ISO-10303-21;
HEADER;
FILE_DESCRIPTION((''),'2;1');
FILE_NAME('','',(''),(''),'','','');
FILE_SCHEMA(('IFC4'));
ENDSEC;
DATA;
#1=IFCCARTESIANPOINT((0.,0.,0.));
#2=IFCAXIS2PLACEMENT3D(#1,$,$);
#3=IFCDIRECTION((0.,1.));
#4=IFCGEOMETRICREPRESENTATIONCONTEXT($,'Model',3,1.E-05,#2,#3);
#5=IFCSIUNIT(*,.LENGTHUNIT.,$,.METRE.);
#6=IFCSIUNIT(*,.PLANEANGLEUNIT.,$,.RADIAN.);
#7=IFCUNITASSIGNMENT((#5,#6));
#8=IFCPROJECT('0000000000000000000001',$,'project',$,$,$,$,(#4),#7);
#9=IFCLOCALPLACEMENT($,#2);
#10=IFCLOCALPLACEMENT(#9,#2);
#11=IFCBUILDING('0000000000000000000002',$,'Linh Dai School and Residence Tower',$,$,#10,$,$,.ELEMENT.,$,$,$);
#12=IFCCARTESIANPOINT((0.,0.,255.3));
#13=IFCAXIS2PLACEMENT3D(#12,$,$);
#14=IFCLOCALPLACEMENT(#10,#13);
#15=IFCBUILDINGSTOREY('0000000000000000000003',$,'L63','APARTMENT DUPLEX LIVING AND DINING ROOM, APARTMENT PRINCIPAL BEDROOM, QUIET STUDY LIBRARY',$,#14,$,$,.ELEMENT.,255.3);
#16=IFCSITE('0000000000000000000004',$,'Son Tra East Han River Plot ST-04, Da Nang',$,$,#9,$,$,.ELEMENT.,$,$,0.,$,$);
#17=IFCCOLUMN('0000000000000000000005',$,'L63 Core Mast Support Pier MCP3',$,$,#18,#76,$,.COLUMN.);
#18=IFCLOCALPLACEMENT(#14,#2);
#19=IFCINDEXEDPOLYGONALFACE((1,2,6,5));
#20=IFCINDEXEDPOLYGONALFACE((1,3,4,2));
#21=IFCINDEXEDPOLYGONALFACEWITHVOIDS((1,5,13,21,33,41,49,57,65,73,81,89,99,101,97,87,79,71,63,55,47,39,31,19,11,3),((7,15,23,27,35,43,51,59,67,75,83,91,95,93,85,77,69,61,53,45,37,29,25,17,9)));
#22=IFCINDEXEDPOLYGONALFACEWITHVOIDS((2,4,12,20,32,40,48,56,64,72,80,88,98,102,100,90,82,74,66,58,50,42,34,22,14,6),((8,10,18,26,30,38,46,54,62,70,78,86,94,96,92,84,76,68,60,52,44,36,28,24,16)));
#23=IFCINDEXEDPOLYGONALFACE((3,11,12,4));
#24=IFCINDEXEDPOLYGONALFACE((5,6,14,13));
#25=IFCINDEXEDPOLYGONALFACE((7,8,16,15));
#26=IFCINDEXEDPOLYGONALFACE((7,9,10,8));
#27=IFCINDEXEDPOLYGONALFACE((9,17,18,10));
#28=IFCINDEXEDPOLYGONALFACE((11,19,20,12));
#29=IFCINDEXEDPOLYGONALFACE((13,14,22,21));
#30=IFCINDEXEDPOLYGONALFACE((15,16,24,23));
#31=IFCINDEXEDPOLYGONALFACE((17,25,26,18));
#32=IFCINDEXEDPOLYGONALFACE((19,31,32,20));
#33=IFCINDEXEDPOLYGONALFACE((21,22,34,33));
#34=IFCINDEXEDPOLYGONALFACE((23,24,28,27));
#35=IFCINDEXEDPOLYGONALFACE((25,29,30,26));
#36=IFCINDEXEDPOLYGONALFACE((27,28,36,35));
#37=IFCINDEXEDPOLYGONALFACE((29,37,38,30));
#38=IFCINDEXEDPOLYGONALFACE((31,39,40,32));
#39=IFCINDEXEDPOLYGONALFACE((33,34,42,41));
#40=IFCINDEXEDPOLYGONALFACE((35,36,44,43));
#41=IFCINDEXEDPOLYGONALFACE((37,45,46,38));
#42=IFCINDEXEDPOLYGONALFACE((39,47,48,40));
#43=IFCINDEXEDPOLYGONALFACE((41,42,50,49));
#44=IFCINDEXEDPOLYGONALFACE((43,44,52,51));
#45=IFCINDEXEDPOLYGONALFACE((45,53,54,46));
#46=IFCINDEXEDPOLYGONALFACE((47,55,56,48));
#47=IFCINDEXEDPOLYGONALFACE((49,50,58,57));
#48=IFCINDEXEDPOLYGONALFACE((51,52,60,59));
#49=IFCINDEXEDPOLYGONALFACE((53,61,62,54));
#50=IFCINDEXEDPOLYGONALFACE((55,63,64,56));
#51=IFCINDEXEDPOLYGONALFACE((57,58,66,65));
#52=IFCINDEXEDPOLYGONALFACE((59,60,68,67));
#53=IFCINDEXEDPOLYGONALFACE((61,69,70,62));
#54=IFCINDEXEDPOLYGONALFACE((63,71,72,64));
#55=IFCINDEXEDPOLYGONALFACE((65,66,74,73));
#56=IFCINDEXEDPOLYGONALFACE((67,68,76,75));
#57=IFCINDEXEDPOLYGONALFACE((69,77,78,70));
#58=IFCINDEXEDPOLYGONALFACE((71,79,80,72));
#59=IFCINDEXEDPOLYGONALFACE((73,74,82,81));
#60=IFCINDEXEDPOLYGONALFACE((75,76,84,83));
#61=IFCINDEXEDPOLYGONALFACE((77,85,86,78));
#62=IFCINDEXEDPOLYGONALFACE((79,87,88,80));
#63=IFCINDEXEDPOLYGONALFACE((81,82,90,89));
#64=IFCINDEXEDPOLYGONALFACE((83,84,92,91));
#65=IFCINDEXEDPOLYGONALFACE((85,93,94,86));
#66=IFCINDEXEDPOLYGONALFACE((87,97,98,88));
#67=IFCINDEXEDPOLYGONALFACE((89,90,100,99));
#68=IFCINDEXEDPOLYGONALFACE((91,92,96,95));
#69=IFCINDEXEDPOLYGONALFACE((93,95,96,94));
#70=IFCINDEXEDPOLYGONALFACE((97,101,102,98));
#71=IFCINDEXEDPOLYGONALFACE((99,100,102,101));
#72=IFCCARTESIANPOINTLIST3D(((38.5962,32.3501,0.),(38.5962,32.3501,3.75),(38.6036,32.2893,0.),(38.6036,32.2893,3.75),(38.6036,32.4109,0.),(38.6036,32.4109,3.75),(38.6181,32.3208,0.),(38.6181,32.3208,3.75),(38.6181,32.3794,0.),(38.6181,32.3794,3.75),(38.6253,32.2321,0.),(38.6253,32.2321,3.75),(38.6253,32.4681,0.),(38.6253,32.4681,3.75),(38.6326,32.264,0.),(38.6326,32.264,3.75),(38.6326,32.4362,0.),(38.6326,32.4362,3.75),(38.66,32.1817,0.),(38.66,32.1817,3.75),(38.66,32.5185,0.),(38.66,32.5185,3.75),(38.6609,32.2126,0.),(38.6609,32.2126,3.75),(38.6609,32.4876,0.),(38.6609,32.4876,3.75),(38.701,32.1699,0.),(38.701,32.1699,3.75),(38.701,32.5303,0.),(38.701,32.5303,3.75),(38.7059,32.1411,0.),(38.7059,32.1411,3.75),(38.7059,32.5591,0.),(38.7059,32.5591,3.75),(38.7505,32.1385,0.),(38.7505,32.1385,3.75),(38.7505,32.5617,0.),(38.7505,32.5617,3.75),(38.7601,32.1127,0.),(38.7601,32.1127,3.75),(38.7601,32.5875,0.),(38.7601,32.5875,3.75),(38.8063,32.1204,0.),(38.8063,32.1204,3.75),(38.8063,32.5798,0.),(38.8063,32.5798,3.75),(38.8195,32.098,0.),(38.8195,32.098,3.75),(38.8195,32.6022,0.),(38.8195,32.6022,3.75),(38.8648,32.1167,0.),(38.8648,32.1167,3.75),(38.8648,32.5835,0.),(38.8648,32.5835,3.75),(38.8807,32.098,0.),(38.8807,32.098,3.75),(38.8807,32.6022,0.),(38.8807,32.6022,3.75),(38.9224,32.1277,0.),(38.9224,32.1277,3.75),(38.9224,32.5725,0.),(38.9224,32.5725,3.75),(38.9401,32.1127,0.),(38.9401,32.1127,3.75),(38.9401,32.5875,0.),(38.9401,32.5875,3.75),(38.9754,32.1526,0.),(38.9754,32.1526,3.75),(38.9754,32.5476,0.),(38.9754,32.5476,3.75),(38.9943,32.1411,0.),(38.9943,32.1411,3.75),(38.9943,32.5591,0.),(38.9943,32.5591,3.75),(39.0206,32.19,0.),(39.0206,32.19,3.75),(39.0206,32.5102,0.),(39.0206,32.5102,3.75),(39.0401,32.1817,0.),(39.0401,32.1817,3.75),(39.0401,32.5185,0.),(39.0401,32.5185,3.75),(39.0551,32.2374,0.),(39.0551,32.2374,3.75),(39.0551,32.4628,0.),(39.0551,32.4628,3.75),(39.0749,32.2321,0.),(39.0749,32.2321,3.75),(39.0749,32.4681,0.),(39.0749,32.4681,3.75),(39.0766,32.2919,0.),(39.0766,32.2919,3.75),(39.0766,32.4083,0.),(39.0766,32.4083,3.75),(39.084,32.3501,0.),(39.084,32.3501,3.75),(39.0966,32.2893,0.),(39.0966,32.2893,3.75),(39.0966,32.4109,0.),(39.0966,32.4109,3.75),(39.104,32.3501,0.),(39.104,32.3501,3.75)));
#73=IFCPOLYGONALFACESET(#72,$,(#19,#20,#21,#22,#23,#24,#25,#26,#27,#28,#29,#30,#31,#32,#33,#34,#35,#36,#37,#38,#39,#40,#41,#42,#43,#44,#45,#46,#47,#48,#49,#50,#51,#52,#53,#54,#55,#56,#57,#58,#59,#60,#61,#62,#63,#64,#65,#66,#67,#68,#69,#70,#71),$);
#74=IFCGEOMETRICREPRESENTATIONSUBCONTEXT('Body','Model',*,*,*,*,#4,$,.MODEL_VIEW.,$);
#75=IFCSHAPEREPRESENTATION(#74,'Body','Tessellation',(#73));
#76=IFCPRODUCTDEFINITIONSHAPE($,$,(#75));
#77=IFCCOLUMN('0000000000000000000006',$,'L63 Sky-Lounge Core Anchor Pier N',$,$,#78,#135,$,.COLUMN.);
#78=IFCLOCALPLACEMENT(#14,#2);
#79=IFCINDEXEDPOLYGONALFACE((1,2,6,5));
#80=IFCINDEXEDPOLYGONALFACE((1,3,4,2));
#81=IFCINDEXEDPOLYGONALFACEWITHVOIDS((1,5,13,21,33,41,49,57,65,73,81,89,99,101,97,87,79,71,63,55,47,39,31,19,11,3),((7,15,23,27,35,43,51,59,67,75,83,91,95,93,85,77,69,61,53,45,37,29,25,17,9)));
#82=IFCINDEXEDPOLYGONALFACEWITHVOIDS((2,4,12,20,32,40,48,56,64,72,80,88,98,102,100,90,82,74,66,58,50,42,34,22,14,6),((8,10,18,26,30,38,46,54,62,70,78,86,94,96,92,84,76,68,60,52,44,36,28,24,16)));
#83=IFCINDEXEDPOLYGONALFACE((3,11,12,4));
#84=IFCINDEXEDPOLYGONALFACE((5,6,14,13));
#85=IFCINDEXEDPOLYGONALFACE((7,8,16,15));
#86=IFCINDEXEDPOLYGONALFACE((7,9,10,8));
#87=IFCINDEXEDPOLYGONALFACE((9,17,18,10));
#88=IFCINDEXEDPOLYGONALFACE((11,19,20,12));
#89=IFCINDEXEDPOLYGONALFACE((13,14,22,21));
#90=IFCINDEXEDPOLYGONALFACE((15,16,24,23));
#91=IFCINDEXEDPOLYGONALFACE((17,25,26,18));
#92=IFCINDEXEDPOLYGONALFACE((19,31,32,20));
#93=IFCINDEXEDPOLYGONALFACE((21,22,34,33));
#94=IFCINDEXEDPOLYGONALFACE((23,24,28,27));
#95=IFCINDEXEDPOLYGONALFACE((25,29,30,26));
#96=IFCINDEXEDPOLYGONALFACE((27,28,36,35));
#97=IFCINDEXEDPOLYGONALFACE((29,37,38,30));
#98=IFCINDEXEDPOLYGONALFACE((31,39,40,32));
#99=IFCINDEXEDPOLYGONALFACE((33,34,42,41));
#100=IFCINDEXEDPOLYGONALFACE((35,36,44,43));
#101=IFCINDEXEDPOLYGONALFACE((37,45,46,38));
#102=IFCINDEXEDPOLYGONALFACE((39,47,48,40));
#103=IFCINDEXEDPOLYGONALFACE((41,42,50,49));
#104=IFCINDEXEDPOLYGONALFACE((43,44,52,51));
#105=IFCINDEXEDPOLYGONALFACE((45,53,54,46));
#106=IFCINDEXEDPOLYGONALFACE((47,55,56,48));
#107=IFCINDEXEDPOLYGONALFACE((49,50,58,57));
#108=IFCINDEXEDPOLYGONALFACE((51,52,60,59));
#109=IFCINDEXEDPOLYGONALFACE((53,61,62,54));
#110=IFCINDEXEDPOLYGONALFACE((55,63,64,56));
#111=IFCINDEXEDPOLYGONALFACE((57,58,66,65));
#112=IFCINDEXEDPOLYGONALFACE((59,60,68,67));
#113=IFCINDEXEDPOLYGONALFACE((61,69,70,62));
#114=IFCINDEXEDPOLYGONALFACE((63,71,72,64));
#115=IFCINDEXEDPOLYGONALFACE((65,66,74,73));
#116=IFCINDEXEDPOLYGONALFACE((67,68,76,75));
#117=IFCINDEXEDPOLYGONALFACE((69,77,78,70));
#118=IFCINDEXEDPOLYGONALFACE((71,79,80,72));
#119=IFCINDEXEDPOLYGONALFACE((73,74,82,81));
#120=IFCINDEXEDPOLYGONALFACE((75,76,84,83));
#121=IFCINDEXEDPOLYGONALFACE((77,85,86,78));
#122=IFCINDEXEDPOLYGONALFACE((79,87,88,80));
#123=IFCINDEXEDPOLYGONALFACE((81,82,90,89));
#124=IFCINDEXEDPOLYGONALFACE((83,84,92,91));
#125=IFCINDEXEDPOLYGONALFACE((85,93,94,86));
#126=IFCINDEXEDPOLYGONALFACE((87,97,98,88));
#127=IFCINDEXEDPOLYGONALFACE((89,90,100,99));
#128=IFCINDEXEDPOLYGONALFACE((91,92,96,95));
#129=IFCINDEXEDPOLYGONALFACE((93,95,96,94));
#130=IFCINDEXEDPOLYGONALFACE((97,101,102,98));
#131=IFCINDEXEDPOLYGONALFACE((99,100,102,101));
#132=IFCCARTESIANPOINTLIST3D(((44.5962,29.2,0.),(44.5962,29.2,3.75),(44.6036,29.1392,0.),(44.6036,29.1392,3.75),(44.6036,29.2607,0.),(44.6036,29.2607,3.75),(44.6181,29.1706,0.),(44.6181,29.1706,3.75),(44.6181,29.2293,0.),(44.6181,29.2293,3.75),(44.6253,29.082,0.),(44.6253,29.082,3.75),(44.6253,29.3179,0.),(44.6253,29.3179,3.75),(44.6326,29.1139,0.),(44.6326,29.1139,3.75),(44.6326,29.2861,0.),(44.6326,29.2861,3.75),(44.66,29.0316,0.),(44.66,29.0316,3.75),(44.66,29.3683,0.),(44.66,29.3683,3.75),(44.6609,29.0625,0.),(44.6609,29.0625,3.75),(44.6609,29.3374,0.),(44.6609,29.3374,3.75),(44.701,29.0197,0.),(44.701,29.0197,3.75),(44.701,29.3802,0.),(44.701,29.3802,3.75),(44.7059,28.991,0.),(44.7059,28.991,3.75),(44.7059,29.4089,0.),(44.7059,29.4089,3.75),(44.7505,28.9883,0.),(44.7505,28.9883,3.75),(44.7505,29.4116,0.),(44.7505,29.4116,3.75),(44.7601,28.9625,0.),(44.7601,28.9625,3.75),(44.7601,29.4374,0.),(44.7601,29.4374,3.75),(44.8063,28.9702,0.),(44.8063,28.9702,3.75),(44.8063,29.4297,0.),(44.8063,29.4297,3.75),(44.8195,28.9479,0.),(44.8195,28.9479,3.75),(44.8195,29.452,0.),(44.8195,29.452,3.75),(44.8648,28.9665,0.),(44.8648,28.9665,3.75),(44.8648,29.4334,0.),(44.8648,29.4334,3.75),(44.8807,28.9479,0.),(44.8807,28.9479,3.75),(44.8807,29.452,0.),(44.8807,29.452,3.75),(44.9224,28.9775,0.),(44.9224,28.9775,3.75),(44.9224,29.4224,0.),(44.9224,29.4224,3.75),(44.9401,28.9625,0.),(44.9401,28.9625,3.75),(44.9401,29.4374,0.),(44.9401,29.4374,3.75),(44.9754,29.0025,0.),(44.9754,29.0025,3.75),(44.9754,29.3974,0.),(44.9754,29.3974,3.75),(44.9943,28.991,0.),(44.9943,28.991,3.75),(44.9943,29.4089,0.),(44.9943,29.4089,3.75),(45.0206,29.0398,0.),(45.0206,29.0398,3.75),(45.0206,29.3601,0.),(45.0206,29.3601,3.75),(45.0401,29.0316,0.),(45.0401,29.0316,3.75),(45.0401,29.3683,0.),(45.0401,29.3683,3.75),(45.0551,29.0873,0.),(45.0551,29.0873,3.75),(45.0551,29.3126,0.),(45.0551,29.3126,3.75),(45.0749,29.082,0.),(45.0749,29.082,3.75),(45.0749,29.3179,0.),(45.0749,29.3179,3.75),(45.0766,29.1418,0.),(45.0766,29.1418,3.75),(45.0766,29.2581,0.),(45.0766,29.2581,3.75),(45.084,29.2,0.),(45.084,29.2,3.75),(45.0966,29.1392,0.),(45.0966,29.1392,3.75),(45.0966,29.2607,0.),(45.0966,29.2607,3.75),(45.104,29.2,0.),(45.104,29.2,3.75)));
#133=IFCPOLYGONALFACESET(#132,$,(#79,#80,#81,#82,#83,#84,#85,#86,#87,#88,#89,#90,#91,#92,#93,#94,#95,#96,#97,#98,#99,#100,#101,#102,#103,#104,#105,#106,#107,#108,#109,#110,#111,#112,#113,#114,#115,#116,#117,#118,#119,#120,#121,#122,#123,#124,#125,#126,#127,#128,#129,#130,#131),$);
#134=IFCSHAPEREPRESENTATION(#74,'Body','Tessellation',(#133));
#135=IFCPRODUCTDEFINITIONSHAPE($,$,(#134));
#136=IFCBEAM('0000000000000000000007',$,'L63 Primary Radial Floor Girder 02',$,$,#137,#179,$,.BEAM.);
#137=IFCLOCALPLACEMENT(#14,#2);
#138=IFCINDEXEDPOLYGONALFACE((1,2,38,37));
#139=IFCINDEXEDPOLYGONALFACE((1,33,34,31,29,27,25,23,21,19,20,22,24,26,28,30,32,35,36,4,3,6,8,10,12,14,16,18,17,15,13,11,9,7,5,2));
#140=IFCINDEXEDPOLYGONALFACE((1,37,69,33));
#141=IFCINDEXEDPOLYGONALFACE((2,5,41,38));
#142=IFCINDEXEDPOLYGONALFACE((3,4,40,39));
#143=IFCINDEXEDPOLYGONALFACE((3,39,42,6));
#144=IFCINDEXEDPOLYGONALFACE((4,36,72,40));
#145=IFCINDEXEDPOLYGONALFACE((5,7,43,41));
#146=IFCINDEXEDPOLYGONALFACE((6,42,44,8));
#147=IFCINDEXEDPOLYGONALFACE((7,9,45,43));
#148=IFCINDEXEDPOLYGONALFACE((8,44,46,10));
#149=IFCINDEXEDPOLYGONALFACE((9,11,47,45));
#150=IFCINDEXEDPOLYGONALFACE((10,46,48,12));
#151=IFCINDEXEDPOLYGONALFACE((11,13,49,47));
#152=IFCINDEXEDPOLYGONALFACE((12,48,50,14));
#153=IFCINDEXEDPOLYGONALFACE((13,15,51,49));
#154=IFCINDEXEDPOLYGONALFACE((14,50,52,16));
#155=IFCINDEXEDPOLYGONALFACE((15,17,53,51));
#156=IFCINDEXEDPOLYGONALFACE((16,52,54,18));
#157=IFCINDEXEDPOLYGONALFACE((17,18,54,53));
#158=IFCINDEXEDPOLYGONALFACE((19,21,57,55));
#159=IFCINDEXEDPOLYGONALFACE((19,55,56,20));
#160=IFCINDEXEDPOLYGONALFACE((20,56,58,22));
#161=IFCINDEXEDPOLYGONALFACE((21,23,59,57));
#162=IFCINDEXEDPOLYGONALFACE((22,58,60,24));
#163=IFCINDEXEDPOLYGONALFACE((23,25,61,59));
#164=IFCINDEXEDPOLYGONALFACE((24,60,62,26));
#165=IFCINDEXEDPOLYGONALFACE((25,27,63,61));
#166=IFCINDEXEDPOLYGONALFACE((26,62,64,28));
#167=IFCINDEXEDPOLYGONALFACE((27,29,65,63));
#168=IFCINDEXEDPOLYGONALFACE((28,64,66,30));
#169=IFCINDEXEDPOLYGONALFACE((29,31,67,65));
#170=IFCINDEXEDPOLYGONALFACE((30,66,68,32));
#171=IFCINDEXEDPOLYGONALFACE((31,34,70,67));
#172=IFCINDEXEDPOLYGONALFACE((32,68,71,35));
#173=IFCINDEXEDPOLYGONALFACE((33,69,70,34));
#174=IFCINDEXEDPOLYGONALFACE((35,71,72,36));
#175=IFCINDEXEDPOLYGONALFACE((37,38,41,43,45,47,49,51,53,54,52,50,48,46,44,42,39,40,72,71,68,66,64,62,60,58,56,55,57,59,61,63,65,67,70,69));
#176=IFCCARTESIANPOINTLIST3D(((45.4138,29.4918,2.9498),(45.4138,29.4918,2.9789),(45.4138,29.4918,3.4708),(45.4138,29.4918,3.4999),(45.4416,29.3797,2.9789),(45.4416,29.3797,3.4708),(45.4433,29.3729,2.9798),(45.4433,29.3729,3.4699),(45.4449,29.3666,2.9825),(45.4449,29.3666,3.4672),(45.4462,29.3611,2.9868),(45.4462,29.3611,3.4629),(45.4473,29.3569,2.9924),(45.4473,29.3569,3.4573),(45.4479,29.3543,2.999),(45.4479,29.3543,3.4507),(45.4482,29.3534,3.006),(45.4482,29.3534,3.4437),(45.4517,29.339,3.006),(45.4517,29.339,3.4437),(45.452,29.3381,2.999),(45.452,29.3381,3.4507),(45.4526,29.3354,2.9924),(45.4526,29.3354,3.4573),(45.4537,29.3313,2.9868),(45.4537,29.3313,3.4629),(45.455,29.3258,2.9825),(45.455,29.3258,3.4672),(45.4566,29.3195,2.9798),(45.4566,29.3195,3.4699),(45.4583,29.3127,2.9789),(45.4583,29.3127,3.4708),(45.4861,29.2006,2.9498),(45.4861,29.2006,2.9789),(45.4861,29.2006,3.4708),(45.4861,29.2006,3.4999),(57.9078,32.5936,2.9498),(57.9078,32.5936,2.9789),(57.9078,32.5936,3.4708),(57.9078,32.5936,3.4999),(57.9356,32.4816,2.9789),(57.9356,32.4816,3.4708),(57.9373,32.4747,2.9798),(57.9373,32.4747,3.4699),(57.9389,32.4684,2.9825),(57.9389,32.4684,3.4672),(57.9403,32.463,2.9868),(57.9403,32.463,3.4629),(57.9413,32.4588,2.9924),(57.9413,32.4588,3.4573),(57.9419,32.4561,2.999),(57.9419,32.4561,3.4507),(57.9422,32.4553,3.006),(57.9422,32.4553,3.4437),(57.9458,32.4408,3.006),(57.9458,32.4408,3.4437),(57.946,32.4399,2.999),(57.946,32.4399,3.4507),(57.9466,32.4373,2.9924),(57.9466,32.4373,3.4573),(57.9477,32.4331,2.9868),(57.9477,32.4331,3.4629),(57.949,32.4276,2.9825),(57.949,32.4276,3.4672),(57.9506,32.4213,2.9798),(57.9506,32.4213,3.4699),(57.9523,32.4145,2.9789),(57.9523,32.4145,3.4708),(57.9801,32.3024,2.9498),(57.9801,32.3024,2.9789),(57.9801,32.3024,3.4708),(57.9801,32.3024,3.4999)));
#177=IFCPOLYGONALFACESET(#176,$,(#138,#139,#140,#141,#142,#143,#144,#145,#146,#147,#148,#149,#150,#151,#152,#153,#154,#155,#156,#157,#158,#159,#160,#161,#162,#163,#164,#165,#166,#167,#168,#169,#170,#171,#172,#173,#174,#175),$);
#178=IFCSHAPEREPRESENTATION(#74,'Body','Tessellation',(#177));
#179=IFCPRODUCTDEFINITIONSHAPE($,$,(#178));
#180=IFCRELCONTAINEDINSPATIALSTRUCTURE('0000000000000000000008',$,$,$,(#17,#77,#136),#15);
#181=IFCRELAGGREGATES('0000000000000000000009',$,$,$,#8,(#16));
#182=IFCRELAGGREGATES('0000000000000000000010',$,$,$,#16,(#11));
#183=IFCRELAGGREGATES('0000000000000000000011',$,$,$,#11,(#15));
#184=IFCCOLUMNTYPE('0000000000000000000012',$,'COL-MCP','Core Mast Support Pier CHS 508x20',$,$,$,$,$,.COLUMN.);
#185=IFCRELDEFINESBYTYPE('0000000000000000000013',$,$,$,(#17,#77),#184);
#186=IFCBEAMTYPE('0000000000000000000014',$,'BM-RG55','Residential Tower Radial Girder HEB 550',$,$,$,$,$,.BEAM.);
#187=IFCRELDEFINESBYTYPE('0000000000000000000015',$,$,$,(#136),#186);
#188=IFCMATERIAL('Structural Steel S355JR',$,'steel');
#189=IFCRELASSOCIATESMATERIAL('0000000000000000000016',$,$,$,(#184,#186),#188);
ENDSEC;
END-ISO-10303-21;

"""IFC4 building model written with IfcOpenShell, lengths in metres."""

from ifc_helpers import new_model, si_unit, direction, frame, origin, origin_2d, place, context, subcontext, project, spatial, hollow_circle, i_section, extrude, material, material_profile, profile_set, type_object, element, save


model = new_model("IFC4")

# Units and contexts
model_context = context("Model", 3, precision=1e-05, world=origin(), true_north=direction((0.0, 1.0)))
body_context = subcontext(model_context, "Body", "Model", "MODEL_VIEW")
ifc_project = project(units=[si_unit("LENGTHUNIT", "METRE"), si_unit("PLANEANGLEUNIT", "RADIAN")], contexts=[model_context])

# Site, building, storey
site_placement = place(None, origin())
site = spatial("IfcSite", under=ifc_project, at=site_placement, Name="Son Tra East Han River Plot ST-04, Da Nang", CompositionType="ELEMENT", RefElevation=0.0)
building_placement = place(site_placement, origin())
building = spatial("IfcBuilding", under=site, at=building_placement, Name="Linh Dai School and Residence Tower", CompositionType="ELEMENT")
storey_placement = place(building_placement, frame((0.0, 0.0, 255.3)))
storey = spatial("IfcBuildingStorey", under=building, at=storey_placement, Name="L63", Description="APARTMENT DUPLEX LIVING AND DINING ROOM, APARTMENT PRINCIPAL BEDROOM, QUIET STUDY LIBRARY", CompositionType="ELEMENT", Elevation=255.3)

# Columns
ifc_material_1 = material(Name="Structural Steel S355JR", Category="steel")
ifc_material_profile_1 = material_profile(ifc_material_1, hollow_circle(Radius=0.2539, WallThickness=0.02, at=origin_2d()), Name="CHS 508x20")
ifc_profile_set_1 = profile_set([ifc_material_profile_1], Name="Structural Steel S355JR")
column_type_1 = type_object("IfcColumnType", Name="COL-MCP", Description="Core Mast Support Pier CHS 508x20", PredefinedType="COLUMN", material=ifc_profile_set_1)
for number, where, z_axis, x_axis, name in (
    (1, (38.8501, 32.3501, 0.0), (0.0, 0.0, 1.0), (1.0, 0.0, 0.0), "L63 Core Mast Support Pier MCP3"),
    (2, (44.8501, 29.2, 0.0), (0.0, 0.0, 1.0), (1.0, 0.0, 0.0), "L63 Sky-Lounge Core Anchor Pier N"),
):
    element("IfcColumn", number, at=place(storey_placement, frame(where, z_axis=z_axis, x_axis=x_axis)), inside=storey, type_object=column_type_1, Name=name, PredefinedType="COLUMN", context=body_context, shape_type="SweptSolid", body=[
        extrude(hollow_circle(Radius=0.2539, WallThickness=0.02, at=origin_2d()), origin(), (0.0, 0.0, 1.0), 3.75),
    ])

# Beam
ifc_material_profile_2 = material_profile(ifc_material_1, i_section(OverallWidth=0.3, OverallDepth=0.55, WebThickness=0.0149, FlangeThickness=0.0291, FilletRadius=0.0271, at=origin_2d()), Name="HEB 550")
ifc_profile_set_2 = profile_set([ifc_material_profile_2], Name="Structural Steel S355JR")
beam_type_1 = type_object("IfcBeamType", Name="BM-RG55", Description="Residential Tower Radial Girder HEB 550", PredefinedType="BEAM", material=ifc_profile_set_2)
beam_1_placement = place(storey_placement, frame((45.45, 29.3462, 3.2249), z_axis=(0.970537, 0.240951, 0.0), x_axis=(-0.240951, 0.970537, 0.0)))
element("IfcBeam", 3, at=beam_1_placement, inside=storey, type_object=beam_type_1, Name="L63 Primary Radial Floor Girder 02", PredefinedType="BEAM", context=body_context, shape_type="SweptSolid", body=[
    extrude(i_section(OverallWidth=0.3, OverallDepth=0.55, WebThickness=0.0149, FlangeThickness=0.0291, FilletRadius=0.0271, at=origin_2d()), origin(), (0.0, 0.0, 1.0), 12.8733),
])

save(model, "model.ifc")
